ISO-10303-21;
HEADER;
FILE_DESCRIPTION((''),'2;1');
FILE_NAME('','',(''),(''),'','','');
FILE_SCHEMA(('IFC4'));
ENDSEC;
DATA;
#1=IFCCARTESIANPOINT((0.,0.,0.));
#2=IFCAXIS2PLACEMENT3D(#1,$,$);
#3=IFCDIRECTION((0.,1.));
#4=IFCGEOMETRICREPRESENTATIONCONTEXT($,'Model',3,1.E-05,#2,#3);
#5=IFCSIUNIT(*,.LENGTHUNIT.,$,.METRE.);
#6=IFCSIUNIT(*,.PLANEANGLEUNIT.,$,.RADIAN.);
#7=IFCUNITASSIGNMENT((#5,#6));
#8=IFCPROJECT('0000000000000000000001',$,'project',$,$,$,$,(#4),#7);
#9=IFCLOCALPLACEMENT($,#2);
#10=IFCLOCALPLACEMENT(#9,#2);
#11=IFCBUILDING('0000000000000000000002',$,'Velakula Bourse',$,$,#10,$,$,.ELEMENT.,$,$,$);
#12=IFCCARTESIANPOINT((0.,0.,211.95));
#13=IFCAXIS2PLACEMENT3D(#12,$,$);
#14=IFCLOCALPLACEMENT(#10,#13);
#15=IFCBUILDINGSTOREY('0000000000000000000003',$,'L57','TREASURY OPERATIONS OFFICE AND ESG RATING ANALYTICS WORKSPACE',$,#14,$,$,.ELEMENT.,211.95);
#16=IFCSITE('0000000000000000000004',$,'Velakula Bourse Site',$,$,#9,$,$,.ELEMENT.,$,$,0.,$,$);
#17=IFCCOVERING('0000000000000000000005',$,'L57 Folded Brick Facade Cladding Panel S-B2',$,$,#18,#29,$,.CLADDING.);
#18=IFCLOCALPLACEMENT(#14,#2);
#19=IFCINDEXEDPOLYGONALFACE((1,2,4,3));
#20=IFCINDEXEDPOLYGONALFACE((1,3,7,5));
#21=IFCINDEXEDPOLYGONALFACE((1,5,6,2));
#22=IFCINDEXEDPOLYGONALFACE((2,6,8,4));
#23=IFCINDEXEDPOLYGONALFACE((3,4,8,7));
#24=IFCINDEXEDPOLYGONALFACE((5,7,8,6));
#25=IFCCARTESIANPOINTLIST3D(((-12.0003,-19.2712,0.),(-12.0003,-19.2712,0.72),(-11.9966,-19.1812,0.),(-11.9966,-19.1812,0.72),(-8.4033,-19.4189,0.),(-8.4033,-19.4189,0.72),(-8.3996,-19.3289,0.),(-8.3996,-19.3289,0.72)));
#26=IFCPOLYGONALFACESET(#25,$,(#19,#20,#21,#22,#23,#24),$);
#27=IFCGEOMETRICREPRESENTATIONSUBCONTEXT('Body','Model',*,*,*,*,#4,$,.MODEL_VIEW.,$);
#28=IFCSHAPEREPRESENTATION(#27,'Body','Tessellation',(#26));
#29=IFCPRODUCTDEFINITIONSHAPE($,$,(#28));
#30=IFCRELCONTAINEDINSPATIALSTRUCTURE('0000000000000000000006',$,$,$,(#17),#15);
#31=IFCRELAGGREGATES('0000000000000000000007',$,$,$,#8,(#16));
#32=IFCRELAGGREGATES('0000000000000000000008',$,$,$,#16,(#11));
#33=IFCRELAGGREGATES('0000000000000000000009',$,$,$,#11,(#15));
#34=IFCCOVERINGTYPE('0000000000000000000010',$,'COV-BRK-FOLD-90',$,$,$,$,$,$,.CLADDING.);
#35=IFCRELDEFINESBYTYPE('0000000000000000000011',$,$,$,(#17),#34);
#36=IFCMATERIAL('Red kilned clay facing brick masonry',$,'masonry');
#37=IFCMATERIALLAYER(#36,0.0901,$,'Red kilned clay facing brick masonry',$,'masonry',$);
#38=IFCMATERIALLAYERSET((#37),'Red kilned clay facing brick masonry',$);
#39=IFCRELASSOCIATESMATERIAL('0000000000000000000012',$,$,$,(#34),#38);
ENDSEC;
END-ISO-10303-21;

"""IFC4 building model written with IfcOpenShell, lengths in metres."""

from ifc_helpers import new_model, si_unit, direction, frame, origin, origin_2d, place, context, subcontext, project, spatial, rectangle, extrude, material, layer, layer_set, type_object, element, save


model = new_model("IFC4")

# Units and contexts
model_context = context("Model", 3, precision=1e-05, world=origin(), true_north=direction((0.0, 1.0)))
body_context = subcontext(model_context, "Body", "Model", "MODEL_VIEW")
ifc_project = project(units=[si_unit("LENGTHUNIT", "METRE"), si_unit("PLANEANGLEUNIT", "RADIAN")], contexts=[model_context])

# Site, building, storey
site_placement = place(None, origin())
site = spatial("IfcSite", under=ifc_project, at=site_placement, Name="Velakula Bourse Site", CompositionType="ELEMENT", RefElevation=0.0)
building_placement = place(site_placement, origin())
building = spatial("IfcBuilding", under=site, at=building_placement, Name="Velakula Bourse", CompositionType="ELEMENT")
storey_placement = place(building_placement, frame((0.0, 0.0, 211.95)))
storey = spatial("IfcBuildingStorey", under=building, at=storey_placement, Name="L57", Description="TREASURY OPERATIONS OFFICE AND ESG RATING ANALYTICS WORKSPACE", CompositionType="ELEMENT", Elevation=211.95)

# Covering
ifc_material_1 = material(Name="Red kilned clay facing brick masonry", Category="masonry")
ifc_layer_1 = layer(ifc_material_1, 0.0901, Name="Red kilned clay facing brick masonry", Category="masonry")
ifc_layer_set_1 = layer_set([ifc_layer_1], Name="Red kilned clay facing brick masonry")
covering_type = type_object("IfcCoveringType", Name="COV-BRK-FOLD-90", PredefinedType="CLADDING", material=ifc_layer_set_1)
covering_placement = place(storey_placement, frame((-10.2, -19.3, 0.0), z_axis=(0.0, 0.0, 1.0), x_axis=(0.999159, -0.041004, 0.0)))
element("IfcCovering", 1, at=covering_placement, inside=storey, type_object=covering_type, Name="L57 Folded Brick Facade Cladding Panel S-B2", PredefinedType="CLADDING", context=body_context, shape_type="SweptSolid", body=[
    extrude(rectangle(XDim=3.6001, YDim=0.0901, at=origin_2d()), origin(), (0.0, 0.0, 1.0), 0.72),
])

save(model, "model.ifc")
